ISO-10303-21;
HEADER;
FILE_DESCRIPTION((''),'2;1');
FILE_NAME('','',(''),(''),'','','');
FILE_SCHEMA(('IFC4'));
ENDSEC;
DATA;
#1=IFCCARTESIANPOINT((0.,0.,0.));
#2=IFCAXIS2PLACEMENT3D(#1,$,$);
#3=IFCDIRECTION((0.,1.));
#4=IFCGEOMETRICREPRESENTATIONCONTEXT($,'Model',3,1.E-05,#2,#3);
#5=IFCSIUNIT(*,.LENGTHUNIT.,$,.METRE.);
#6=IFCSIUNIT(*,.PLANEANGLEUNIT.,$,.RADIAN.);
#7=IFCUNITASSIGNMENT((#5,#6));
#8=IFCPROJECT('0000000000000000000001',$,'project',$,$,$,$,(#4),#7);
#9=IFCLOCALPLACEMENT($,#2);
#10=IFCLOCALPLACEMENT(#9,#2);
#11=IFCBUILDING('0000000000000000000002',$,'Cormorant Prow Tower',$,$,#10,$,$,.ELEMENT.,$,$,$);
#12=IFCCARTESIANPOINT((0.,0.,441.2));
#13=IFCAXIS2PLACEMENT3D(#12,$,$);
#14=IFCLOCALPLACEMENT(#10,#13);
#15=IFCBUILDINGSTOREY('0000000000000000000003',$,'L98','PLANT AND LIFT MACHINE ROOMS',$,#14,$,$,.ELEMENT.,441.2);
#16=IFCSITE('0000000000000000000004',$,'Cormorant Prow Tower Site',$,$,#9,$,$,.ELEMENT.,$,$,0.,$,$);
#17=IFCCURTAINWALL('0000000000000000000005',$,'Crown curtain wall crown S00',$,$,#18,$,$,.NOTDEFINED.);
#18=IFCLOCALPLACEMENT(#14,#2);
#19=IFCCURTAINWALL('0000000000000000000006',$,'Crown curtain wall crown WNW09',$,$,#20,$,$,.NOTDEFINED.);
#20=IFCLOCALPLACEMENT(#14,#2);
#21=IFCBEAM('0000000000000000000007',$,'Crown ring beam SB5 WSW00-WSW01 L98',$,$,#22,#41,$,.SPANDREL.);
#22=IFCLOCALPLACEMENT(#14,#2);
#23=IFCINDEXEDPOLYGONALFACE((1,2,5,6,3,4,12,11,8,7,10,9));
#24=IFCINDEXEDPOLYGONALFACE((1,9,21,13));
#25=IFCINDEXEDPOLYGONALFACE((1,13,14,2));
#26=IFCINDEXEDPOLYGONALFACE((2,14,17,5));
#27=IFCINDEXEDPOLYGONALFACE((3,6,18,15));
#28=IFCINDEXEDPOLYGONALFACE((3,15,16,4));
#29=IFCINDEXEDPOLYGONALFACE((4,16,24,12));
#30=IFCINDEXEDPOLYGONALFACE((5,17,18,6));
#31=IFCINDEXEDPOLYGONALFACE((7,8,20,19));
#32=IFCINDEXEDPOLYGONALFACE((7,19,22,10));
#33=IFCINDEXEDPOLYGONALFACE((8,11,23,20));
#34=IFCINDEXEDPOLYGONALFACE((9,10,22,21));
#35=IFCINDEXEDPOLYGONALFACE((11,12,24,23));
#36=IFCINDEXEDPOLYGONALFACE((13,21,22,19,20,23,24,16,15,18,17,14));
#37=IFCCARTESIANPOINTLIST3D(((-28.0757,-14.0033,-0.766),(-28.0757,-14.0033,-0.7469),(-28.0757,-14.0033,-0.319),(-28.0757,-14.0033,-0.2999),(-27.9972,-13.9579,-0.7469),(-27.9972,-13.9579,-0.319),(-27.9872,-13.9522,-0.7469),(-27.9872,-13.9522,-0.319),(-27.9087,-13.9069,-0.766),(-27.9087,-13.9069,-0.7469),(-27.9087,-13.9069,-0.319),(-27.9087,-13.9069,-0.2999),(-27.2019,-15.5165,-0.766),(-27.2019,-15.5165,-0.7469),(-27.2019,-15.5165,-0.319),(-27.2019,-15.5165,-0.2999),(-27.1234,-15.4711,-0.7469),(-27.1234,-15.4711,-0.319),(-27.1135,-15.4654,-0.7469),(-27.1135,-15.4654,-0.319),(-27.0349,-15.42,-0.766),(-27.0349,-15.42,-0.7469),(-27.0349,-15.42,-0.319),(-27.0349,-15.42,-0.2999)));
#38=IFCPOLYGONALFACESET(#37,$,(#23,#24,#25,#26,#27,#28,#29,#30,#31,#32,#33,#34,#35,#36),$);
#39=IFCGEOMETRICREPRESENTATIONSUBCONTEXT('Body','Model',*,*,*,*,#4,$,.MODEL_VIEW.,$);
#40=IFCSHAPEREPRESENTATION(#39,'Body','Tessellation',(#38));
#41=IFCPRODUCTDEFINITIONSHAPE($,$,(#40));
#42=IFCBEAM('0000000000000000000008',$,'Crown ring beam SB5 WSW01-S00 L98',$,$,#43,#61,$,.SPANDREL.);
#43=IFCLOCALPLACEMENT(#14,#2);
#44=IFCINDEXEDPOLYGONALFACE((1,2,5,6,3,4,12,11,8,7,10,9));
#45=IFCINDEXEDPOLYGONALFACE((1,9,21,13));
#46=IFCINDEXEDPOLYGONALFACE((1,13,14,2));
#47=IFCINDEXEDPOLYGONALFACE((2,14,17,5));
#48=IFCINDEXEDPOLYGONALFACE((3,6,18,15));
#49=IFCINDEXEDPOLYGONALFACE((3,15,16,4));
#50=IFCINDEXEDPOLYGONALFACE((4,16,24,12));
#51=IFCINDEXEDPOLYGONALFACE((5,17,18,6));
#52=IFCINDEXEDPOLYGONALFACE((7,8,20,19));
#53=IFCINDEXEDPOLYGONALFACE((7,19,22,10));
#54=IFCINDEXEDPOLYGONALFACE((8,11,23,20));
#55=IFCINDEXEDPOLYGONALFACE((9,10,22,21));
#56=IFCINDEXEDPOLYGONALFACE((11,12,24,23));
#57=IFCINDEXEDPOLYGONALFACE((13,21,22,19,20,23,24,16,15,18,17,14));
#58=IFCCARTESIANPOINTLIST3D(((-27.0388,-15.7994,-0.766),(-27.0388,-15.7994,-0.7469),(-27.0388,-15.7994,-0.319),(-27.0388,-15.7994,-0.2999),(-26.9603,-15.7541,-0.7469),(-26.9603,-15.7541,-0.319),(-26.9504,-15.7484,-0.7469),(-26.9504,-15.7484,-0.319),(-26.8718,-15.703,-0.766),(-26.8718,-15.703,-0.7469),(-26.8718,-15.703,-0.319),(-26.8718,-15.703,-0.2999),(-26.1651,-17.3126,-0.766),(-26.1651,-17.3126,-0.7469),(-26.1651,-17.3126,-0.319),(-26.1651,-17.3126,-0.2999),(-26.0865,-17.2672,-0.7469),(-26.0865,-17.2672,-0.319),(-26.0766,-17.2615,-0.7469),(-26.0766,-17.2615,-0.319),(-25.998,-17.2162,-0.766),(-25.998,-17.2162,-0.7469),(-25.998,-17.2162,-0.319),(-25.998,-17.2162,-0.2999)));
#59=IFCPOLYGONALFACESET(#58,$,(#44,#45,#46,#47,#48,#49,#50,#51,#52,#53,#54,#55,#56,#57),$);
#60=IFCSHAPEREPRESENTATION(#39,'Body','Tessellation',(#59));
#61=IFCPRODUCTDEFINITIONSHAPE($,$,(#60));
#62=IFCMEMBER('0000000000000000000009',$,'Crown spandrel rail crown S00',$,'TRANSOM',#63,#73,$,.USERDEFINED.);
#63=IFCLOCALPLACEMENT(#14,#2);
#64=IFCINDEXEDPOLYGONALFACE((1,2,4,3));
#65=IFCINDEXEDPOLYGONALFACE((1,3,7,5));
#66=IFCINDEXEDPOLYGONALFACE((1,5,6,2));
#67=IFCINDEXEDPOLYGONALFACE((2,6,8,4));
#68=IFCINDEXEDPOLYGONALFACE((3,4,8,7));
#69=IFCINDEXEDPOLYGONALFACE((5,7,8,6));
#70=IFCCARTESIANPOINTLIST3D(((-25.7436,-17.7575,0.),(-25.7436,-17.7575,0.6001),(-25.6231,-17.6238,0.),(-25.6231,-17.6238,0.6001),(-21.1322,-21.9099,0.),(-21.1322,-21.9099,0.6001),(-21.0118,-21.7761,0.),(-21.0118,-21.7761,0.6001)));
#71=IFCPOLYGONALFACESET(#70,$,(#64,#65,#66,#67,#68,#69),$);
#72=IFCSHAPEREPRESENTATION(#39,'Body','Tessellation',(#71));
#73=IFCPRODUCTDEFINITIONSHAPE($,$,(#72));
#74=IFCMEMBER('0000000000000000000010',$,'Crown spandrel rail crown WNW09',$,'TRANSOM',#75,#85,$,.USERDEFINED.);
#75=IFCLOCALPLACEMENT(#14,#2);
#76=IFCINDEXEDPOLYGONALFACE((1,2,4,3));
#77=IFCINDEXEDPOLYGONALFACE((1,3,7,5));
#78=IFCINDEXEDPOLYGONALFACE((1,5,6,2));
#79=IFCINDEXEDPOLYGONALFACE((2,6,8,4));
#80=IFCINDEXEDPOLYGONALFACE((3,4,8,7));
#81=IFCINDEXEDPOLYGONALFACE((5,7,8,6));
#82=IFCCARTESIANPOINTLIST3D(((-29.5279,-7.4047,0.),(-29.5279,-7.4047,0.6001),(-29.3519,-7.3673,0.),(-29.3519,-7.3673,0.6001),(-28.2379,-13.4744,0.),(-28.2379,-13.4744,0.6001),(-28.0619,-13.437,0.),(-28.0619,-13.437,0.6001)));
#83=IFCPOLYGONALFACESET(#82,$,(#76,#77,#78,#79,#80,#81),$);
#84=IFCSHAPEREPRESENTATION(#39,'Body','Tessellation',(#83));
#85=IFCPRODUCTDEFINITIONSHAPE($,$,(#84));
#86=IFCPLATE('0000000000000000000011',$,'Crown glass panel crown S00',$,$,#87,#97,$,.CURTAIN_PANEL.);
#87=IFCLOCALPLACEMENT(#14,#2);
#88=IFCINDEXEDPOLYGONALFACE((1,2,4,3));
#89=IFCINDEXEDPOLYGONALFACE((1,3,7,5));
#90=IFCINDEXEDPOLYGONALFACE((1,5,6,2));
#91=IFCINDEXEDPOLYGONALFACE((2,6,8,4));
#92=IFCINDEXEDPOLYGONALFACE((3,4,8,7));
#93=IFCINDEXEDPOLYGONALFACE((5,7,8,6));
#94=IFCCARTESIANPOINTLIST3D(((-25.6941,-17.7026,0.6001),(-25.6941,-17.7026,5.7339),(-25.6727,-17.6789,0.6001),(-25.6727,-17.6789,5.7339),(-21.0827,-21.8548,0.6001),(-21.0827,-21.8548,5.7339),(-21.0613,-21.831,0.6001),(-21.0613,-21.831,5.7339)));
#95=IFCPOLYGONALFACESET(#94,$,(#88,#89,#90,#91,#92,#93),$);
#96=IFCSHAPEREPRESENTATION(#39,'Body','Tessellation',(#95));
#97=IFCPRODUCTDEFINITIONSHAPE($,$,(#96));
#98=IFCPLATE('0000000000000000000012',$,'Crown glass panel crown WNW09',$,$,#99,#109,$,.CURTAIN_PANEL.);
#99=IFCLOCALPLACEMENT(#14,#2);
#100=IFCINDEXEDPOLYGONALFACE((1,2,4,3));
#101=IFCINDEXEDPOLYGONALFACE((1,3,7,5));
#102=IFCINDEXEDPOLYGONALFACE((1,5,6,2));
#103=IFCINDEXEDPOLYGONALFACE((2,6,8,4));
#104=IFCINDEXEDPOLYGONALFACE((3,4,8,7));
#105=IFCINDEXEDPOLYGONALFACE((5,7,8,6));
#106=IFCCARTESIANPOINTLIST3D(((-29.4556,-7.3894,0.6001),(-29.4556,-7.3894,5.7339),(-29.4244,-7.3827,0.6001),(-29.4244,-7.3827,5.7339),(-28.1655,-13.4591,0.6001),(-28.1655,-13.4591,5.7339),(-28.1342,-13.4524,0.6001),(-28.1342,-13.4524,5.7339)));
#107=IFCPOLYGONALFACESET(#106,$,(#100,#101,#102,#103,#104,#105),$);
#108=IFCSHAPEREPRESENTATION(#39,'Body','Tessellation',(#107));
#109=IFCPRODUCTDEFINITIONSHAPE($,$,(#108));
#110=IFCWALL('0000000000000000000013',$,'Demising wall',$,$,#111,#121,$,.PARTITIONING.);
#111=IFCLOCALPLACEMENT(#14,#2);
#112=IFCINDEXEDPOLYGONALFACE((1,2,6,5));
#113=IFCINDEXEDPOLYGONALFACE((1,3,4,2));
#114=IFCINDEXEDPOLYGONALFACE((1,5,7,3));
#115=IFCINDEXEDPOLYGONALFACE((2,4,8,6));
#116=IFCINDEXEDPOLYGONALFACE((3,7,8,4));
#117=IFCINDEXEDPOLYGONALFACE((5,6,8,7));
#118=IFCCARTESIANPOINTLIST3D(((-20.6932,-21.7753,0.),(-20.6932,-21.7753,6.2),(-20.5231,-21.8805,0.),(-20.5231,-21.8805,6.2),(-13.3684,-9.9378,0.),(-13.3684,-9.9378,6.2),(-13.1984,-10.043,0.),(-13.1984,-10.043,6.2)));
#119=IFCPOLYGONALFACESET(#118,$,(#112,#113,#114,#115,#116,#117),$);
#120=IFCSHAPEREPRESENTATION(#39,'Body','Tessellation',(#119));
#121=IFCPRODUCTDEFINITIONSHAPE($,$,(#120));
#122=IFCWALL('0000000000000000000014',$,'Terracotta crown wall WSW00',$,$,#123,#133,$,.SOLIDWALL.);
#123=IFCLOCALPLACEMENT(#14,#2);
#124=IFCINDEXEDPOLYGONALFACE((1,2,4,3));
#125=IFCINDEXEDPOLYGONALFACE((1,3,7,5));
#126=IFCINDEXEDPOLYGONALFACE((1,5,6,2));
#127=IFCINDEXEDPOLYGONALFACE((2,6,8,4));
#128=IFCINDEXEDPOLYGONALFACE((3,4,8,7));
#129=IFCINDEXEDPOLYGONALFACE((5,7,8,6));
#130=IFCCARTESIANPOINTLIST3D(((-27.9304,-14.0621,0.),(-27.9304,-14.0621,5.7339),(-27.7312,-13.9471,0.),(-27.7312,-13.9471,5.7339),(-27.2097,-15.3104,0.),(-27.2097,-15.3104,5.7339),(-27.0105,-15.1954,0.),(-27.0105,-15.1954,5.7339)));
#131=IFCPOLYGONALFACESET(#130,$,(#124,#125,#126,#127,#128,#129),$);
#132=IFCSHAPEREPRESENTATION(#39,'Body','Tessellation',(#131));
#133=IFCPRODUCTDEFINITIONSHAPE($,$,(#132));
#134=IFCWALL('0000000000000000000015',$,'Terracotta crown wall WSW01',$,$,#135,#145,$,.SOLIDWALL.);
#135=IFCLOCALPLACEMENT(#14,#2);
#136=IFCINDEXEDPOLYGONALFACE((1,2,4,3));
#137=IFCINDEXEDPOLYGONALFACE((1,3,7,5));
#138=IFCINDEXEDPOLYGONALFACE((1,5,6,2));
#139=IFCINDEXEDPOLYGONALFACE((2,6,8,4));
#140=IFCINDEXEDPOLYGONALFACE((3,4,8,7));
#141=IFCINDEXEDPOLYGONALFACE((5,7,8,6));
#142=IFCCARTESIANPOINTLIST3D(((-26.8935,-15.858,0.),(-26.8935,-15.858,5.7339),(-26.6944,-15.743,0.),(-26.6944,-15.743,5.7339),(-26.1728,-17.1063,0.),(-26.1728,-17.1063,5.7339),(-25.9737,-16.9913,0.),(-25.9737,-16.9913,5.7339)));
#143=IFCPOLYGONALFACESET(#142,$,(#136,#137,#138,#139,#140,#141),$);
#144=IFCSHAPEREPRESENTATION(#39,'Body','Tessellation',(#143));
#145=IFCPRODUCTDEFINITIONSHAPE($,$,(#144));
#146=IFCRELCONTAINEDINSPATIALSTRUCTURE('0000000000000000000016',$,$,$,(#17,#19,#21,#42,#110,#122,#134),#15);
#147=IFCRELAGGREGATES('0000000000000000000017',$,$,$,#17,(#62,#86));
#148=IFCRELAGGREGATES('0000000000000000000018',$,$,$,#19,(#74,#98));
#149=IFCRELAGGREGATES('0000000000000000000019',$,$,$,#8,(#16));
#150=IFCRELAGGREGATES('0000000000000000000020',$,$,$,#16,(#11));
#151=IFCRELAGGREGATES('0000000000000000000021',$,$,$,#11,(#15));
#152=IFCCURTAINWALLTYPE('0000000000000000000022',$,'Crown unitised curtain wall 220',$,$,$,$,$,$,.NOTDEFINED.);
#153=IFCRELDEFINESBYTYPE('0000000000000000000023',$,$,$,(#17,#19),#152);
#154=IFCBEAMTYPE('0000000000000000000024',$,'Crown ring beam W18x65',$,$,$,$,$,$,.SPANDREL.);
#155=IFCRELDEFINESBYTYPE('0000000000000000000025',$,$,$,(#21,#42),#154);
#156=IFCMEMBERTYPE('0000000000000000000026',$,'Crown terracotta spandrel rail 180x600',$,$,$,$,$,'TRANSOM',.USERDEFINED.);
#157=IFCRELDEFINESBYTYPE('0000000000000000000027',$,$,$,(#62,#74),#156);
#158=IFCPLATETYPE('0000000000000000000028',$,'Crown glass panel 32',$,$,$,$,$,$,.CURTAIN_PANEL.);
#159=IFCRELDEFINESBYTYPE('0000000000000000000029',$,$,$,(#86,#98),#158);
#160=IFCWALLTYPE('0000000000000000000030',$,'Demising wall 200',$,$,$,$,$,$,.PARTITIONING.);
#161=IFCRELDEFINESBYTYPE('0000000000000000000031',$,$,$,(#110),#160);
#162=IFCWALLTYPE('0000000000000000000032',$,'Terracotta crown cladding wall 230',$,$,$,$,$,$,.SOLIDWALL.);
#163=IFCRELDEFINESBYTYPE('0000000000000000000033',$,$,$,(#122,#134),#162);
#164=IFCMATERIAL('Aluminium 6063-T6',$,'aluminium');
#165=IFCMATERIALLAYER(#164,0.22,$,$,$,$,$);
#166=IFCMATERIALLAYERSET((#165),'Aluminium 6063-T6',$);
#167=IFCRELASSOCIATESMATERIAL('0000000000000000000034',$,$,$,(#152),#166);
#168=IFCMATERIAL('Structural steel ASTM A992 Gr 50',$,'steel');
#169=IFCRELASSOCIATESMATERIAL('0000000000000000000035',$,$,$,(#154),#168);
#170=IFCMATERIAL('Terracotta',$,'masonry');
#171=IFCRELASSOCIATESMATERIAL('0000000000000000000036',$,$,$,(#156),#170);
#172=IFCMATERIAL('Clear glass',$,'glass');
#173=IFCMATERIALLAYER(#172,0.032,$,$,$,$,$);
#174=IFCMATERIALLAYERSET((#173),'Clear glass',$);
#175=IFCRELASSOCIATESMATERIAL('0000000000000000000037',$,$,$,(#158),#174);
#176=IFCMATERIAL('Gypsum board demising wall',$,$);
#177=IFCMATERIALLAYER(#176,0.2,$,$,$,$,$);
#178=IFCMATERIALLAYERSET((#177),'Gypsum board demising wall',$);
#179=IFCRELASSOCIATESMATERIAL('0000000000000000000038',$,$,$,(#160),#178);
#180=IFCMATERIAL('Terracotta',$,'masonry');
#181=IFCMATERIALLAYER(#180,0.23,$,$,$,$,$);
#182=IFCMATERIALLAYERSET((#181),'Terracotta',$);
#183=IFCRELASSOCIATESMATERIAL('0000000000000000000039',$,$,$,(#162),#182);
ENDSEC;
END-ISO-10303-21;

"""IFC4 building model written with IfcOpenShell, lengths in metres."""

from ifc_helpers import new_model, si_unit, direction, frame, frame_2d, origin, origin_2d, place, context, subcontext, project, spatial, rectangle, i_section, extrude, material, layer, layer_set, material_profile, profile_set, type_object, element, aggregate, save


model = new_model("IFC4")

# Units and contexts
model_context = context("Model", 3, precision=1e-05, world=origin(), true_north=direction((0.0, 1.0)))
body_context = subcontext(model_context, "Body", "Model", "MODEL_VIEW")
ifc_project = project(units=[si_unit("LENGTHUNIT", "METRE"), si_unit("PLANEANGLEUNIT", "RADIAN")], contexts=[model_context])

# Site, building, storey
site_placement = place(None, origin())
site = spatial("IfcSite", under=ifc_project, at=site_placement, Name="Cormorant Prow Tower Site", CompositionType="ELEMENT", RefElevation=0.0)
building_placement = place(site_placement, origin())
building = spatial("IfcBuilding", under=site, at=building_placement, Name="Cormorant Prow Tower", CompositionType="ELEMENT")
storey_placement = place(building_placement, frame((0.0, 0.0, 441.2)))
storey = spatial("IfcBuildingStorey", under=building, at=storey_placement, Name="L98", Description="PLANT AND LIFT MACHINE ROOMS", CompositionType="ELEMENT", Elevation=441.2)

# Curtain walls
ifc_material_1 = material(Name="Aluminium 6063-T6", Category="aluminium")
ifc_layer_1 = layer(ifc_material_1, 0.22)
ifc_layer_set_1 = layer_set([ifc_layer_1], Name="Aluminium 6063-T6")
curtain_wall_type = type_object("IfcCurtainWallType", Name="Crown unitised curtain wall 220", PredefinedType="NOTDEFINED", material=ifc_layer_set_1)
curtain_wall_1_placement = place(storey_placement, origin())
curtain_wall_1 = element("IfcCurtainWall", 1, at=curtain_wall_1_placement, inside=storey, type_object=curtain_wall_type, Name="Crown curtain wall crown S00", PredefinedType="NOTDEFINED")
curtain_wall_2_placement = place(storey_placement, origin())
curtain_wall_2 = element("IfcCurtainWall", 2, at=curtain_wall_2_placement, inside=storey, type_object=curtain_wall_type, Name="Crown curtain wall crown WNW09", PredefinedType="NOTDEFINED")

# Beams
ifc_material_2 = material(Name="Structural steel ASTM A992 Gr 50", Category="steel")
ifc_material_profile_1 = material_profile(ifc_material_2, i_section(OverallWidth=0.1929, OverallDepth=0.4661, WebThickness=0.0115, FlangeThickness=0.019, at=origin_2d()), Name="W18x65")
ifc_profile_set_1 = profile_set([ifc_material_profile_1], Name="Structural steel ASTM A992 Gr 50")
beam_type = type_object("IfcBeamType", Name="Crown ring beam W18x65", PredefinedType="SPANDREL", material=ifc_profile_set_1)
for number, where, z_axis, x_axis, name in (
    (3, (-27.9922, -13.9551, -0.533), (0.500061, -0.86599, 0.0), (0.86599, 0.500061, 0.0), "Crown ring beam SB5 WSW00-WSW01 L98"),
    (4, (-26.9553, -15.7512, -0.533), (0.500061, -0.86599, 0.0), (0.86599, 0.500061, 0.0), "Crown ring beam SB5 WSW01-S00 L98"),
):
    element("IfcBeam", number, at=place(storey_placement, frame(where, z_axis=z_axis, x_axis=x_axis)), inside=storey, type_object=beam_type, Name=name, PredefinedType="SPANDREL", context=body_context, shape_type="SweptSolid", body=[
        extrude(i_section(OverallWidth=0.1929, OverallDepth=0.4661, WebThickness=0.0115, FlangeThickness=0.019, at=origin_2d()), origin(), (0.0, 0.0, 1.0), 1.7473),
    ])

# Members
ifc_material_3 = material(Name="Terracotta", Category="masonry")
ifc_material_profile_2 = material_profile(ifc_material_3, rectangle(XDim=0.1799, YDim=0.6001, at=origin_2d()), Name="Crown terracotta spandrel rail 180x600")
ifc_profile_set_2 = profile_set([ifc_material_profile_2], Name="Terracotta")
member_type_1 = type_object("IfcMemberType", Name="Crown terracotta spandrel rail 180x600", ElementType="TRANSOM", PredefinedType="USERDEFINED", material=ifc_profile_set_2)
member_1_placement = place(storey_placement, frame((-25.6833, -17.6907, 0.3), z_axis=(0.743122, -0.669156, 0.0), x_axis=(0.669156, 0.743122, 0.0)))
member_1 = element("IfcMember", 5, at=member_1_placement, type_object=member_type_1, Name="Crown spandrel rail crown S00", ObjectType="TRANSOM", PredefinedType="USERDEFINED", context=body_context, shape_type="SweptSolid", body=[
    extrude(rectangle(XDim=0.1799, YDim=0.6001, at=origin_2d()), origin(), (0.0, 0.0, 1.0), 6.2053),
])
member_2_placement = place(storey_placement, frame((-29.4399, -7.386, 0.3), z_axis=(0.20789, -0.978152, 0.0), x_axis=(0.978152, 0.20789, 0.0)))
member_2 = element("IfcMember", 6, at=member_2_placement, type_object=member_type_1, Name="Crown spandrel rail crown WNW09", ObjectType="TRANSOM", PredefinedType="USERDEFINED", context=body_context, shape_type="SweptSolid", body=[
    extrude(rectangle(XDim=0.1799, YDim=0.6001, at=origin_2d()), origin(), (0.0, 0.0, 1.0), 6.2053),
])

# Plates
ifc_material_4 = material(Name="Clear glass", Category="glass")
ifc_layer_2 = layer(ifc_material_4, 0.032)
ifc_layer_set_2 = layer_set([ifc_layer_2], Name="Clear glass")
plate_type = type_object("IfcPlateType", Name="Crown glass panel 32", PredefinedType="CURTAIN_PANEL", material=ifc_layer_set_2)
plate_1_placement = place(storey_placement, frame((-23.3777, -19.7668, 0.6001), z_axis=(0.0, 0.0, 1.0), x_axis=(0.743145, -0.669131, 0.0)))
plate_1 = element("IfcPlate", 7, at=plate_1_placement, type_object=plate_type, Name="Crown glass panel crown S00", PredefinedType="CURTAIN_PANEL", context=body_context, shape_type="SweptSolid", body=[
    extrude(rectangle(XDim=6.2053, YDim=0.032, at=origin_2d()), origin(), (0.0, 0.0, 1.0), 5.1338),
])
aggregate(curtain_wall_1, [member_1, plate_1])
plate_2_placement = place(storey_placement, frame((-28.7949, -10.4209, 0.6001), z_axis=(0.0, 0.0, 1.0), x_axis=(0.207912, -0.978148, 0.0)))
plate_2 = element("IfcPlate", 8, at=plate_2_placement, type_object=plate_type, Name="Crown glass panel crown WNW09", PredefinedType="CURTAIN_PANEL", context=body_context, shape_type="SweptSolid", body=[
    extrude(rectangle(XDim=6.2053, YDim=0.032, at=origin_2d()), origin(), (0.0, 0.0, 1.0), 5.1338),
])
aggregate(curtain_wall_2, [member_2, plate_2])

# Walls
ifc_material_5 = material(Name="Gypsum board demising wall")
ifc_layer_3 = layer(ifc_material_5, 0.2)
ifc_layer_set_3 = layer_set([ifc_layer_3], Name="Gypsum board demising wall")
wall_type_1 = type_object("IfcWallType", Name="Demising wall 200", PredefinedType="PARTITIONING", material=ifc_layer_set_3)
wall_placement = place(storey_placement, frame((-20.6082, -21.8279, 0.0), z_axis=(0.0, 0.0, 1.0), x_axis=(0.526188, 0.850368, 0.0)))
element("IfcWall", 9, at=wall_placement, inside=storey, type_object=wall_type_1, Name="Demising wall", PredefinedType="PARTITIONING", context=body_context, shape_type="SweptSolid", body=[
    extrude(rectangle(XDim=13.9204, YDim=0.2, at=frame_2d((6.9602, 0.0))), origin(), (0.0, 0.0, 1.0), 6.2),
])
ifc_material_6 = material(Name="Terracotta", Category="masonry")
ifc_layer_4 = layer(ifc_material_6, 0.23)
ifc_layer_set_4 = layer_set([ifc_layer_4], Name="Terracotta")
wall_type_2 = type_object("IfcWallType", Name="Terracotta crown cladding wall 230", PredefinedType="SOLIDWALL", material=ifc_layer_set_4)
for number, where, z_axis, x_axis, name in (
    (10, (-27.8308, -14.0046, 0.0), (0.0, 0.0, 1.0), (0.500001, -0.866025, 0.0), "Terracotta crown wall WSW00"),
    (11, (-26.7939, -15.8005, 0.0), (0.0, 0.0, 1.0), (0.500001, -0.866025, 0.0), "Terracotta crown wall WSW01"),
):
    element("IfcWall", number, at=place(storey_placement, frame(where, z_axis=z_axis, x_axis=x_axis)), inside=storey, type_object=wall_type_2, Name=name, PredefinedType="SOLIDWALL", context=body_context, shape_type="SweptSolid", body=[
        extrude(rectangle(XDim=1.4414, YDim=0.23, at=frame_2d((0.7207, 0.0))), origin(), (0.0, 0.0, 1.0), 5.7339),
    ])

save(model, "model.ifc")
